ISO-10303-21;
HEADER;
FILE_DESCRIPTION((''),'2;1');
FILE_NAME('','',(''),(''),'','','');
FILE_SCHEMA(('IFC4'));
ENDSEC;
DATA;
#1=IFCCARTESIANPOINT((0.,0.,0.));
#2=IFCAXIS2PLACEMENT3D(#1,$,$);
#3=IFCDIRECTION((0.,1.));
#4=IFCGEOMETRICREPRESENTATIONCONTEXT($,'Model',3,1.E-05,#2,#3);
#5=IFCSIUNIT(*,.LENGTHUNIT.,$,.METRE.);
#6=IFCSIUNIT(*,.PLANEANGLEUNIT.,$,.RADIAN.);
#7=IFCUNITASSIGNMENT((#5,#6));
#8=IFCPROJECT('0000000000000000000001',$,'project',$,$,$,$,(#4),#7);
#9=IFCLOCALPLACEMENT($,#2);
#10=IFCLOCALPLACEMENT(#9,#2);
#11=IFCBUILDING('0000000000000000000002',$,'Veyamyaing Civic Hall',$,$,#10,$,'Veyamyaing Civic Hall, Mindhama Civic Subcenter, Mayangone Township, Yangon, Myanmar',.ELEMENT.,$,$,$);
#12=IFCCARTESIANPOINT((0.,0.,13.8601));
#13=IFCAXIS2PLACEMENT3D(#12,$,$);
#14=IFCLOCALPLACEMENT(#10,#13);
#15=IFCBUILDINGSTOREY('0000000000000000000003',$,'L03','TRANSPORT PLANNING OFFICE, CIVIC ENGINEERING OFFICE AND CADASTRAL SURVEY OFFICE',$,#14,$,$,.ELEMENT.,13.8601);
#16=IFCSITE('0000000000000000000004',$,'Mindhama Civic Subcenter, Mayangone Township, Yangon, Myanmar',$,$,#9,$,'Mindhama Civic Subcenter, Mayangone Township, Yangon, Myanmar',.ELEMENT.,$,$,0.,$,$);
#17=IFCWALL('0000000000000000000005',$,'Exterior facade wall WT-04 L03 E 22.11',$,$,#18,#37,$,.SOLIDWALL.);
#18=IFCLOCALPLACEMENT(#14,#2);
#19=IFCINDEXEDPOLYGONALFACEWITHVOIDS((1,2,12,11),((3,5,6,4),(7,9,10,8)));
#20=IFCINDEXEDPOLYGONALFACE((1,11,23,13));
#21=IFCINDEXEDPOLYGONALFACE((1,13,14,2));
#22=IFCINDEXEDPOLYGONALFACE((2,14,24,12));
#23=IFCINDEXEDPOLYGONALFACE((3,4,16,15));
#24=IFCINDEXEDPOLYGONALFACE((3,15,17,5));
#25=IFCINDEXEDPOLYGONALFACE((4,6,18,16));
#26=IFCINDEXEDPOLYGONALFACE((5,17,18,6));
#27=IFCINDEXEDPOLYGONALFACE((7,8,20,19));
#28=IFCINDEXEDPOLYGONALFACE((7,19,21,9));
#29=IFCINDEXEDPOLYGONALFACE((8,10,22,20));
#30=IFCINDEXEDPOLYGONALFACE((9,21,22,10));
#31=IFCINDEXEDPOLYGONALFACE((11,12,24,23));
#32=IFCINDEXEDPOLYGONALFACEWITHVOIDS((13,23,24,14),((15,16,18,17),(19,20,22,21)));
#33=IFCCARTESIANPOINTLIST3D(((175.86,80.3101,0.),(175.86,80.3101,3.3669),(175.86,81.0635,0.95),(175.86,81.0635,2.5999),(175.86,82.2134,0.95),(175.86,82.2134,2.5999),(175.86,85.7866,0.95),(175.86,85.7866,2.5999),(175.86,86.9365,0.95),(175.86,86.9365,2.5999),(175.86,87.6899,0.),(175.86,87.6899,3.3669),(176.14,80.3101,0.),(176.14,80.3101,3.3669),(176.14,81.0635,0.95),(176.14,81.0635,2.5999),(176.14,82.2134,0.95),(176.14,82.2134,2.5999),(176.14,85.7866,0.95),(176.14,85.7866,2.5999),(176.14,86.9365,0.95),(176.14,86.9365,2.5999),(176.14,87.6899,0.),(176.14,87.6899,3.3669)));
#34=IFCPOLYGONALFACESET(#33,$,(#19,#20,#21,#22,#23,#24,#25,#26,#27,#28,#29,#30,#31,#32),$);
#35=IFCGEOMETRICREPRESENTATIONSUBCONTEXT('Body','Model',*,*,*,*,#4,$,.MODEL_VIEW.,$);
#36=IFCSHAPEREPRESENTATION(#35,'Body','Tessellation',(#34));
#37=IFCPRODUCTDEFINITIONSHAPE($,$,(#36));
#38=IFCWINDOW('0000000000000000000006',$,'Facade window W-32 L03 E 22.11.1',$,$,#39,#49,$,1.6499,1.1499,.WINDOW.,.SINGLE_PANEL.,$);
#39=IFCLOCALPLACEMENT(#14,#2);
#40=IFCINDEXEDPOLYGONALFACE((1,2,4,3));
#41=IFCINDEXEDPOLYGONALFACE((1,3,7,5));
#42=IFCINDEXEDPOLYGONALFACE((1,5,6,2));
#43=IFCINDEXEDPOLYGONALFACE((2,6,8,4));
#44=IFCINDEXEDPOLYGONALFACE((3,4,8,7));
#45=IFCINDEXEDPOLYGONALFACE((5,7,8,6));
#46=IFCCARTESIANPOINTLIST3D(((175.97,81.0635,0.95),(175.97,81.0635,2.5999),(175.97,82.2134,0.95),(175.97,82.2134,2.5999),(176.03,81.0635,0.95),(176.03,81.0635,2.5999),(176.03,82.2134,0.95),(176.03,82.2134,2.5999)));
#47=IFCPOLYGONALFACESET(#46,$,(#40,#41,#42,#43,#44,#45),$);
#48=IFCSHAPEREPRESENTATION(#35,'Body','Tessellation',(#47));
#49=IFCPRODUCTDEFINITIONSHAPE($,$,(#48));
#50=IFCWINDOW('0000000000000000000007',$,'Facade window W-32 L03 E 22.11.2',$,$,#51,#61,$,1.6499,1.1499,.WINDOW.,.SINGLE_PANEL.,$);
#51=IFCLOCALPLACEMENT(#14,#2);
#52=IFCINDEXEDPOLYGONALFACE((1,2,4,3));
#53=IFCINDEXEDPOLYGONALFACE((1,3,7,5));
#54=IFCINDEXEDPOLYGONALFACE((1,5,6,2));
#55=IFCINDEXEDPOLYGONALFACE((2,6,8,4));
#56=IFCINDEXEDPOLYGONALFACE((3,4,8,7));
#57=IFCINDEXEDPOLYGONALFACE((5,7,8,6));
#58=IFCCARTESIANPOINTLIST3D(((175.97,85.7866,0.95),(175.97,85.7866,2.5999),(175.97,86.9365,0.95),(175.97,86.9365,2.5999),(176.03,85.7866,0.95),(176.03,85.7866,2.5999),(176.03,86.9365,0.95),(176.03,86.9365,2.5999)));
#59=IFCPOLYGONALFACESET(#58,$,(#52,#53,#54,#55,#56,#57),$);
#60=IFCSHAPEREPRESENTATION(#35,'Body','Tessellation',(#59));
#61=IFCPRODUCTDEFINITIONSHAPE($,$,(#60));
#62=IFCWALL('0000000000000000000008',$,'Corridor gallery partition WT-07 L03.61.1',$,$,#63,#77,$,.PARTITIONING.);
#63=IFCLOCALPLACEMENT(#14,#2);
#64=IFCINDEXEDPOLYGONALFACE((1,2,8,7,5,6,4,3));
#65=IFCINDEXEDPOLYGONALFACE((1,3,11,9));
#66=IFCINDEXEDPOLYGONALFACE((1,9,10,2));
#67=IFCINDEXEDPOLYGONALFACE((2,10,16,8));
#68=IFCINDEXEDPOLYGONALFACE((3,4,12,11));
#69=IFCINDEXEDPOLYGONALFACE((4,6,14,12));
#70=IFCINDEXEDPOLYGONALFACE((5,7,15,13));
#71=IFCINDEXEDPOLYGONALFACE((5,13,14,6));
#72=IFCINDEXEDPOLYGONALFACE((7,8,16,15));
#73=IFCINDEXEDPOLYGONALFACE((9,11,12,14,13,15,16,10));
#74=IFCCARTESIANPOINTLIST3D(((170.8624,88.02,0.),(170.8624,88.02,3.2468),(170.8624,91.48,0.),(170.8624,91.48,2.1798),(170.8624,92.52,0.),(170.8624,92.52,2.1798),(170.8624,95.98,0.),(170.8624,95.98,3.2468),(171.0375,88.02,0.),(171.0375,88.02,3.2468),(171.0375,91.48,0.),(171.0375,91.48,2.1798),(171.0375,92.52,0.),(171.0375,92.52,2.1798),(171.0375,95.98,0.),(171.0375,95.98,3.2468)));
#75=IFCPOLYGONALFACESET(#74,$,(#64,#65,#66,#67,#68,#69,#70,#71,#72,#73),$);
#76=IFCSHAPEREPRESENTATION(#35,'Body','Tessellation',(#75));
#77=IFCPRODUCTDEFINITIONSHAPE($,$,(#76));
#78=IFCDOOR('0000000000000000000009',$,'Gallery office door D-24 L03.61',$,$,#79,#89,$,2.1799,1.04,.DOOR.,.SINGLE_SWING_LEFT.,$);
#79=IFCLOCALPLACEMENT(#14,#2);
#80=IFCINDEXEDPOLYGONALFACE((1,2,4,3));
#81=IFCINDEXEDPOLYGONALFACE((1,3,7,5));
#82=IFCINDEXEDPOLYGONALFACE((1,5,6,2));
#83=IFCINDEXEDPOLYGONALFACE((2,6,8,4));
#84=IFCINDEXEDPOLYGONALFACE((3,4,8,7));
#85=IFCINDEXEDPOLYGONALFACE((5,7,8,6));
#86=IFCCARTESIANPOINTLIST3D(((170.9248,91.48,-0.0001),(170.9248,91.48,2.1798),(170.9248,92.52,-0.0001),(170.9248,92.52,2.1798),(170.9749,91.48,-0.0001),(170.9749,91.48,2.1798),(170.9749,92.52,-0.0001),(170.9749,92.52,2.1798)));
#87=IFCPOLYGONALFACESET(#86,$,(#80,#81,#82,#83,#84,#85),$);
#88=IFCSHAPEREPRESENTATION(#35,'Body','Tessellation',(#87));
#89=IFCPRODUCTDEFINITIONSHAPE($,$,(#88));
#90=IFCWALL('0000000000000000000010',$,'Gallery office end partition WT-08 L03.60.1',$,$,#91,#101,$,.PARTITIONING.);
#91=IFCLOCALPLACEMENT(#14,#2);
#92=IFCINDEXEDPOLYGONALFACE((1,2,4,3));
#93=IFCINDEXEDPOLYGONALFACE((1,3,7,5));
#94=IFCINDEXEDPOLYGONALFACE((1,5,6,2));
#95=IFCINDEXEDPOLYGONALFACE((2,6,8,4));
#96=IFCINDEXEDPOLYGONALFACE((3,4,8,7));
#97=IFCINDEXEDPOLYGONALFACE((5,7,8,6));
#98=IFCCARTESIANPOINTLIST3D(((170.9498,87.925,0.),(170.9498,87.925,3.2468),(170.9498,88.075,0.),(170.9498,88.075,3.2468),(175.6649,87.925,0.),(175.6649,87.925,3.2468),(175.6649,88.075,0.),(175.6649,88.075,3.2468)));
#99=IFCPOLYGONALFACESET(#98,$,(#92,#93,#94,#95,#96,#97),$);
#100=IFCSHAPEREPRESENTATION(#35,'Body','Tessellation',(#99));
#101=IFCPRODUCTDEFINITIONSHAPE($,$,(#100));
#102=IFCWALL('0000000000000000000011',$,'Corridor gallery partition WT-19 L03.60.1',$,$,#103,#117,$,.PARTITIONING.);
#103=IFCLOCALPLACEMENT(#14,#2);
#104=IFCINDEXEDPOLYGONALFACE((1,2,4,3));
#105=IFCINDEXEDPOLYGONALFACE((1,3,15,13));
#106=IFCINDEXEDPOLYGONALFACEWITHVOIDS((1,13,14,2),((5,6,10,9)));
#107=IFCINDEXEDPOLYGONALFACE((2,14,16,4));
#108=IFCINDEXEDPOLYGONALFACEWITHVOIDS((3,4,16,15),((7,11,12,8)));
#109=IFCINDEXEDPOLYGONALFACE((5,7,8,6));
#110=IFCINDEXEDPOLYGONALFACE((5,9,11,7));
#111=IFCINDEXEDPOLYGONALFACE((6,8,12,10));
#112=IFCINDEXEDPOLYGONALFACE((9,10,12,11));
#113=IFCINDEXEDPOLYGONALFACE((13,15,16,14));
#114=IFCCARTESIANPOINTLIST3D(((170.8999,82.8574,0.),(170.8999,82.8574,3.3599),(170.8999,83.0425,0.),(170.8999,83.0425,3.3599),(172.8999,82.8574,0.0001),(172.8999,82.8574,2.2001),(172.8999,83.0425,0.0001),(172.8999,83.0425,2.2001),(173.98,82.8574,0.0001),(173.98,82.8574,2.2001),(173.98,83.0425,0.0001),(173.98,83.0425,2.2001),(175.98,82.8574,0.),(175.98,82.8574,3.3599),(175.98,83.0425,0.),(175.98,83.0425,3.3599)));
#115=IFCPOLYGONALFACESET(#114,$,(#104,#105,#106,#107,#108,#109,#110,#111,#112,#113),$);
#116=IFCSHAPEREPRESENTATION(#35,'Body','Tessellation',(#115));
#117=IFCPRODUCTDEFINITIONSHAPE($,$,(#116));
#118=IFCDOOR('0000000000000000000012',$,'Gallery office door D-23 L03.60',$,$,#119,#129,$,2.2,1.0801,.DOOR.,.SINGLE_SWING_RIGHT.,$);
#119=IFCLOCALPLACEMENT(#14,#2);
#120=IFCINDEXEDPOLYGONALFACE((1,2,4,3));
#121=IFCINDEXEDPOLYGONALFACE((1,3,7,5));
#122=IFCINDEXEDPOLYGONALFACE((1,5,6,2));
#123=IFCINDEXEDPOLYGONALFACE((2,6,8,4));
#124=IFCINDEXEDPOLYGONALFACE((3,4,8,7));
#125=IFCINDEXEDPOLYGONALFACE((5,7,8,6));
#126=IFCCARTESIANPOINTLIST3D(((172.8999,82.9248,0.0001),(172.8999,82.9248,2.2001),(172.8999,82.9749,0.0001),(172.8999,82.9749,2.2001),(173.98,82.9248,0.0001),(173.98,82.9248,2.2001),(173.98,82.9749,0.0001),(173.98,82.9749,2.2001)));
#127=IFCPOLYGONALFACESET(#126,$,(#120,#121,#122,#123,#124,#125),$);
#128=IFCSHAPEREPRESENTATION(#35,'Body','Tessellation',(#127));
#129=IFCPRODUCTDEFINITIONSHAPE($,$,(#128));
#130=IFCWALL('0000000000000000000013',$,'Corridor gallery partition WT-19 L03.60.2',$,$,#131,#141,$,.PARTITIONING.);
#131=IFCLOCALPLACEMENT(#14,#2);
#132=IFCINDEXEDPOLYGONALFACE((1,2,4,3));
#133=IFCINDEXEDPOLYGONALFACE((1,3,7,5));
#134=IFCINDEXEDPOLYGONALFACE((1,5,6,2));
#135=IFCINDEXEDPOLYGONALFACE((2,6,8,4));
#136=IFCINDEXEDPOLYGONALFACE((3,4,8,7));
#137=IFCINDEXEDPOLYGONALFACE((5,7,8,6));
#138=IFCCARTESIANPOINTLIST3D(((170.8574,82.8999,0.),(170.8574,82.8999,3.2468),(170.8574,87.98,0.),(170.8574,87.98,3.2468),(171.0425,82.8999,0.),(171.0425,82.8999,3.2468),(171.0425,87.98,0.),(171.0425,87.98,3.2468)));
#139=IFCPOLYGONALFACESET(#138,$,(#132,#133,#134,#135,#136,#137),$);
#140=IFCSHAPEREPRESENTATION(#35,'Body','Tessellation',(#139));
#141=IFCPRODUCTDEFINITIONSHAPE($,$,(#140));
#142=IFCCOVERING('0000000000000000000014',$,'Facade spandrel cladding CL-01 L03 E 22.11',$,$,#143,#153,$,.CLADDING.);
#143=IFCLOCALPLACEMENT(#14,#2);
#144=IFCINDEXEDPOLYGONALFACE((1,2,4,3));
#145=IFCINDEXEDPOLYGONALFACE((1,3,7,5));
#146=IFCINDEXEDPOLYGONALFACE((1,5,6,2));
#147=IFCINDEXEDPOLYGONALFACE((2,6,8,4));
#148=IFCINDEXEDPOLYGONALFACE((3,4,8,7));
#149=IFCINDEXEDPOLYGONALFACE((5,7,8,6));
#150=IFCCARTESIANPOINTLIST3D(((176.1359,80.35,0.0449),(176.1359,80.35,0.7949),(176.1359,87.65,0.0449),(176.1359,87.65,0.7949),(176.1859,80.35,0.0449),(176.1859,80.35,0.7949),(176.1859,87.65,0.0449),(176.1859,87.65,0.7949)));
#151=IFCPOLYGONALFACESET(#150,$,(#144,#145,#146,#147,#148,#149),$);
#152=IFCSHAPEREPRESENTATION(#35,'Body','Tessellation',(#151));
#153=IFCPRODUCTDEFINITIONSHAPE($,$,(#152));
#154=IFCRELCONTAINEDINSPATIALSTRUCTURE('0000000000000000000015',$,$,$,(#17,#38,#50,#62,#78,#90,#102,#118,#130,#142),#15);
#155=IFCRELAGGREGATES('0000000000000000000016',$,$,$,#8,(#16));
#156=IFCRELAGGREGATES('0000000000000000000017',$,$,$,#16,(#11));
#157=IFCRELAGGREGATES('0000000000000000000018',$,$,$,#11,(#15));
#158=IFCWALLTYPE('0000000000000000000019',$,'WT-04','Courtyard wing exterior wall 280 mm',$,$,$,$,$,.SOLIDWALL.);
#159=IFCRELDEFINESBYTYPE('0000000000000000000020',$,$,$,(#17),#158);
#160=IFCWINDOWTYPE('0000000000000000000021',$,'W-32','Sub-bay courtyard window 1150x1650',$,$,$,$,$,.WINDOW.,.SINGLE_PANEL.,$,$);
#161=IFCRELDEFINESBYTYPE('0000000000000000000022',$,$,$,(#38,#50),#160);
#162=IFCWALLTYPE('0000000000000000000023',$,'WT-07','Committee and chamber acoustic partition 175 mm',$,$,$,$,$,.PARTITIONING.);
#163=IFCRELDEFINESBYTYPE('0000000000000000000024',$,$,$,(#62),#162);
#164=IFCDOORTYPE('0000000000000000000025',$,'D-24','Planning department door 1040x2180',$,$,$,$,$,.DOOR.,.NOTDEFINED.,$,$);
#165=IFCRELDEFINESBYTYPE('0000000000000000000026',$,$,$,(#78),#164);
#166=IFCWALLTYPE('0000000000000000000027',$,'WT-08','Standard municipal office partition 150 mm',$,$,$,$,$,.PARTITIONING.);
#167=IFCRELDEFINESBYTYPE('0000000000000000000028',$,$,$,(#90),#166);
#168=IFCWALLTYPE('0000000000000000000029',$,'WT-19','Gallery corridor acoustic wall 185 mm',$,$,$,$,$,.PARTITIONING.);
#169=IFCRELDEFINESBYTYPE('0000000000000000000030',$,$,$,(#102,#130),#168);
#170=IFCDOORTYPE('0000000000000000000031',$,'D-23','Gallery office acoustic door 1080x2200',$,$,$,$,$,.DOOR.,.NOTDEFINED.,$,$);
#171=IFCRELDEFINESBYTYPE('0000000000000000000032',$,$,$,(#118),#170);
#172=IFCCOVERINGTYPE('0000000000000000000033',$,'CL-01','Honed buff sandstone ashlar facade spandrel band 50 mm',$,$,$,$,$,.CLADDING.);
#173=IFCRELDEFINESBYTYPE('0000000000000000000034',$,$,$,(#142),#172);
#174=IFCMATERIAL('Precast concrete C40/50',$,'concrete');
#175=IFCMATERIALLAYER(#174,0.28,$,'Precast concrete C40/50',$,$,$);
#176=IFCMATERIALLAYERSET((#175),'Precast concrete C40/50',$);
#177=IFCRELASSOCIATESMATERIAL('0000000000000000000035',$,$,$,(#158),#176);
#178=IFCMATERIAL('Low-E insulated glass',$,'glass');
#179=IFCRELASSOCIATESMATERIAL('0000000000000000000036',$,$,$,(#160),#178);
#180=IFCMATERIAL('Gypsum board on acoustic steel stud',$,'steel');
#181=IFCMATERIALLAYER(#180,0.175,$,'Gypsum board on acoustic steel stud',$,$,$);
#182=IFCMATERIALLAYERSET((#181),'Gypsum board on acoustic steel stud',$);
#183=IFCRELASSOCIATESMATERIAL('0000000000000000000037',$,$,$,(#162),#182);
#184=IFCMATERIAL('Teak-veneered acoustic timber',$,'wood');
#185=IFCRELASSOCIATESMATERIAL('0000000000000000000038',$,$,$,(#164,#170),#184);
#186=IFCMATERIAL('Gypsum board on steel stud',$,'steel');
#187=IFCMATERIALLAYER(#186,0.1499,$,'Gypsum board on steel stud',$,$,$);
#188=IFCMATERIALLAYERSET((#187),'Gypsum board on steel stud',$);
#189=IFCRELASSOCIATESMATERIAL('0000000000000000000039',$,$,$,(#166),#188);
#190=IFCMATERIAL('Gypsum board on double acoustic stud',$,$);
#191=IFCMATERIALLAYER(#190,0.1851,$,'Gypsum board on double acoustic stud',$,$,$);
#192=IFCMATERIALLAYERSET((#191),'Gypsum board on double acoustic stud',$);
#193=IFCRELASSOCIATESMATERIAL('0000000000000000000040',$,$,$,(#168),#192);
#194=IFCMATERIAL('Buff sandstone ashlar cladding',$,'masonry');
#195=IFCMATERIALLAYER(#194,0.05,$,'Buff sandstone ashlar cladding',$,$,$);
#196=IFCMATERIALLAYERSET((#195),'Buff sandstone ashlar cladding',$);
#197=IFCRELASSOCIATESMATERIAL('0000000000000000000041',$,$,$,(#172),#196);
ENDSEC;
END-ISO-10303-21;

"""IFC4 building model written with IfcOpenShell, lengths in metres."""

from ifc_helpers import new_model, si_unit, direction, frame, frame_2d, origin, origin_2d, place, context, subcontext, project, spatial, rectangle, extrude, material, layer, layer_set, type_object, element, fill, save


model = new_model("IFC4")

# Units and contexts
model_context = context("Model", 3, precision=1e-05, world=origin(), true_north=direction((0.0, 1.0)))
body_context = subcontext(model_context, "Body", "Model", "MODEL_VIEW")
ifc_project = project(units=[si_unit("LENGTHUNIT", "METRE"), si_unit("PLANEANGLEUNIT", "RADIAN")], contexts=[model_context])

# Site, building, storey
site_placement = place(None, origin())
site = spatial("IfcSite", under=ifc_project, at=site_placement, Name="Mindhama Civic Subcenter, Mayangone Township, Yangon, Myanmar", LongName="Mindhama Civic Subcenter, Mayangone Township, Yangon, Myanmar", CompositionType="ELEMENT", RefElevation=0.0)
building_placement = place(site_placement, origin())
building = spatial("IfcBuilding", under=site, at=building_placement, Name="Veyamyaing Civic Hall", LongName="Veyamyaing Civic Hall, Mindhama Civic Subcenter, Mayangone Township, Yangon, Myanmar", CompositionType="ELEMENT")
storey_placement = place(building_placement, frame((0.0, 0.0, 13.8601)))
storey = spatial("IfcBuildingStorey", under=building, at=storey_placement, Name="L03", Description="TRANSPORT PLANNING OFFICE, CIVIC ENGINEERING OFFICE AND CADASTRAL SURVEY OFFICE", CompositionType="ELEMENT", Elevation=13.8601)

# Wall, openings, windows
ifc_material_1 = material(Name="Precast concrete C40/50", Category="concrete")
ifc_layer_1 = layer(ifc_material_1, 0.28, Name="Precast concrete C40/50")
ifc_layer_set_1 = layer_set([ifc_layer_1], Name="Precast concrete C40/50")
wall_type_1 = type_object("IfcWallType", Name="WT-04", Description="Courtyard wing exterior wall 280 mm", PredefinedType="SOLIDWALL", material=ifc_layer_set_1)
wall_1_placement = place(storey_placement, frame((176.0, 80.3101, 0.0), z_axis=(0.0, 0.0, 1.0), x_axis=(0.0, 1.0, 0.0)))
wall_1 = element("IfcWall", 1, at=wall_1_placement, inside=storey, type_object=wall_type_1, Name="Exterior facade wall WT-04 L03 E 22.11", PredefinedType="SOLIDWALL", context=body_context, shape_type="SweptSolid", body=[
    extrude(rectangle(XDim=7.3799, YDim=0.28, at=frame_2d((3.6899, 0.0))), origin(), (0.0, 0.0, 1.0), 3.3669),
])
opening_1_placement = place(wall_1_placement, frame((0.7534, 0.0, 0.95)))
opening_1 = element("IfcOpeningElement", 2, at=opening_1_placement, cuts=wall_1, PredefinedType="OPENING", context=body_context, shape_type="SweptSolid", body=[
    extrude(rectangle(XDim=1.1499, YDim=1.6499, at=frame_2d((0.575, 0.825))), frame((0.0, 0.1499, 0.0), z_axis=(0.0, -1.0, 0.0), x_axis=(1.0, 0.0, 0.0)), (0.0, 0.0, 1.0), 0.3),
])
opening_2_placement = place(wall_1_placement, frame((5.4766, 0.0, 0.95)))
opening_2 = element("IfcOpeningElement", 3, at=opening_2_placement, cuts=wall_1, PredefinedType="OPENING", context=body_context, shape_type="SweptSolid", body=[
    extrude(rectangle(XDim=1.1499, YDim=1.6499, at=frame_2d((0.575, 0.825))), frame((0.0, 0.1499, 0.0), z_axis=(0.0, -1.0, 0.0), x_axis=(1.0, 0.0, 0.0)), (0.0, 0.0, 1.0), 0.3),
])
ifc_material_2 = material(Name="Low-E insulated glass", Category="glass")
window_type = type_object("IfcWindowType", Name="W-32", Description="Sub-bay courtyard window 1150x1650", PartitioningType="SINGLE_PANEL", PredefinedType="WINDOW", material=ifc_material_2)
window_1_placement = place(opening_1_placement, origin())
window_1 = element("IfcWindow", 4, at=window_1_placement, inside=storey, type_object=window_type, Name="Facade window W-32 L03 E 22.11.1", OverallHeight=1.6499, OverallWidth=1.1499, PartitioningType="SINGLE_PANEL", PredefinedType="WINDOW", context=body_context, shape_type="SweptSolid", body=[
    extrude(rectangle(XDim=1.1499, YDim=1.6499, at=frame_2d((0.575, 0.825))), frame((0.0, 0.03, 0.0), z_axis=(0.0, -1.0, 0.0), x_axis=(1.0, 0.0, 0.0)), (0.0, 0.0, 1.0), 0.0601),
])
fill(opening_1, window_1)
window_2_placement = place(opening_2_placement, origin())
window_2 = element("IfcWindow", 5, at=window_2_placement, inside=storey, type_object=window_type, Name="Facade window W-32 L03 E 22.11.2", OverallHeight=1.6499, OverallWidth=1.1499, PartitioningType="SINGLE_PANEL", PredefinedType="WINDOW", context=body_context, shape_type="SweptSolid", body=[
    extrude(rectangle(XDim=1.1499, YDim=1.6499, at=frame_2d((0.575, 0.825))), frame((0.0, 0.03, 0.0), z_axis=(0.0, -1.0, 0.0), x_axis=(1.0, 0.0, 0.0)), (0.0, 0.0, 1.0), 0.0601),
])
fill(opening_2, window_2)

# Wall, opening, door
ifc_material_3 = material(Name="Gypsum board on acoustic steel stud", Category="steel")
ifc_layer_2 = layer(ifc_material_3, 0.175, Name="Gypsum board on acoustic steel stud")
ifc_layer_set_2 = layer_set([ifc_layer_2], Name="Gypsum board on acoustic steel stud")
wall_type_2 = type_object("IfcWallType", Name="WT-07", Description="Committee and chamber acoustic partition 175 mm", PredefinedType="PARTITIONING", material=ifc_layer_set_2)
wall_2_placement = place(storey_placement, frame((170.95, 88.02, 0.0), z_axis=(0.0, 0.0, 1.0), x_axis=(0.0, 1.0, 0.0)))
wall_2 = element("IfcWall", 6, at=wall_2_placement, inside=storey, type_object=wall_type_2, Name="Corridor gallery partition WT-07 L03.61.1", PredefinedType="PARTITIONING", context=body_context, shape_type="SweptSolid", body=[
    extrude(rectangle(XDim=7.96, YDim=0.175, at=frame_2d((3.98, 0.0))), origin(), (0.0, 0.0, 1.0), 3.2468),
])
opening_3_placement = place(wall_2_placement, frame((3.46, 0.0, 0.0)))
opening_3 = element("IfcOpeningElement", 7, at=opening_3_placement, cuts=wall_2, PredefinedType="OPENING", context=body_context, shape_type="SweptSolid", body=[
    extrude(rectangle(XDim=1.04, YDim=2.1799, at=frame_2d((0.52, 1.0898))), frame((0.0, 0.0974, 0.0), z_axis=(0.0, -1.0, 0.0), x_axis=(1.0, 0.0, 0.0)), (0.0, 0.0, 1.0), 0.1951),
])
ifc_material_4 = material(Name="Teak-veneered acoustic timber", Category="wood")
door_type_1 = type_object("IfcDoorType", Name="D-24", Description="Planning department door 1040x2180", OperationType="NOTDEFINED", PredefinedType="DOOR", material=ifc_material_4)
door_1_placement = place(opening_3_placement, frame((1.04, 0.0, 0.0), z_axis=(0.0, 0.0, 1.0), x_axis=(-1.0, 0.0, 0.0)))
door_1 = element("IfcDoor", 8, at=door_1_placement, inside=storey, type_object=door_type_1, Name="Gallery office door D-24 L03.61", OperationType="SINGLE_SWING_LEFT", OverallHeight=2.1799, OverallWidth=1.04, PredefinedType="DOOR", context=body_context, shape_type="SweptSolid", body=[
    extrude(rectangle(XDim=1.04, YDim=2.1799, at=frame_2d((0.52, 1.0898))), frame((0.0, 0.0249, 0.0), z_axis=(0.0, -1.0, 0.0), x_axis=(1.0, 0.0, 0.0)), (0.0, 0.0, 1.0), 0.05),
])
fill(opening_3, door_1)

# Wall
ifc_material_5 = material(Name="Gypsum board on steel stud", Category="steel")
ifc_layer_3 = layer(ifc_material_5, 0.1499, Name="Gypsum board on steel stud")
ifc_layer_set_3 = layer_set([ifc_layer_3], Name="Gypsum board on steel stud")
wall_type_3 = type_object("IfcWallType", Name="WT-08", Description="Standard municipal office partition 150 mm", PredefinedType="PARTITIONING", material=ifc_layer_set_3)
wall_3_placement = place(storey_placement, frame((170.95, 88.0, 0.0), z_axis=(0.0, 0.0, 1.0), x_axis=(1.0, 0.0, 0.0)))
element("IfcWall", 9, at=wall_3_placement, inside=storey, type_object=wall_type_3, Name="Gallery office end partition WT-08 L03.60.1", PredefinedType="PARTITIONING", context=body_context, shape_type="SweptSolid", body=[
    extrude(rectangle(XDim=4.7151, YDim=0.1499, at=frame_2d((2.3574, 0.0))), origin(), (0.0, 0.0, 1.0), 3.2468),
])

# Wall, opening, door
ifc_material_6 = material(Name="Gypsum board on double acoustic stud")
ifc_layer_4 = layer(ifc_material_6, 0.1851, Name="Gypsum board on double acoustic stud")
ifc_layer_set_4 = layer_set([ifc_layer_4], Name="Gypsum board on double acoustic stud")
wall_type_4 = type_object("IfcWallType", Name="WT-19", Description="Gallery corridor acoustic wall 185 mm", PredefinedType="PARTITIONING", material=ifc_layer_set_4)
wall_4_placement = place(storey_placement, frame((170.8999, 82.95, 0.0), z_axis=(0.0, 0.0, 1.0), x_axis=(1.0, 0.0, 0.0)))
wall_4 = element("IfcWall", 10, at=wall_4_placement, inside=storey, type_object=wall_type_4, Name="Corridor gallery partition WT-19 L03.60.1", PredefinedType="PARTITIONING", context=body_context, shape_type="SweptSolid", body=[
    extrude(rectangle(XDim=5.0801, YDim=0.1851, at=frame_2d((2.54, 0.0))), origin(), (0.0, 0.0, 1.0), 3.3599),
])
opening_4_placement = place(wall_4_placement, frame((2.0, 0.0, 0.0)))
opening_4 = element("IfcOpeningElement", 11, at=opening_4_placement, cuts=wall_4, PredefinedType="OPENING", context=body_context, shape_type="SweptSolid", body=[
    extrude(rectangle(XDim=1.0801, YDim=2.2, at=frame_2d((0.54, 1.1001))), frame((0.0, 0.1025, 0.0), z_axis=(0.0, -1.0, 0.0), x_axis=(1.0, 0.0, 0.0)), (0.0, 0.0, 1.0), 0.2051),
])
door_type_2 = type_object("IfcDoorType", Name="D-23", Description="Gallery office acoustic door 1080x2200", OperationType="NOTDEFINED", PredefinedType="DOOR", material=ifc_material_4)
door_2_placement = place(opening_4_placement, origin())
door_2 = element("IfcDoor", 12, at=door_2_placement, inside=storey, type_object=door_type_2, Name="Gallery office door D-23 L03.60", OperationType="SINGLE_SWING_RIGHT", OverallHeight=2.2, OverallWidth=1.0801, PredefinedType="DOOR", context=body_context, shape_type="SweptSolid", body=[
    extrude(rectangle(XDim=1.0801, YDim=2.2, at=frame_2d((0.54, 1.1001))), frame((0.0, 0.0249, 0.0), z_axis=(0.0, -1.0, 0.0), x_axis=(1.0, 0.0, 0.0)), (0.0, 0.0, 1.0), 0.05),
])
fill(opening_4, door_2)

# Wall
wall_5_placement = place(storey_placement, frame((170.95, 82.8999, 0.0), z_axis=(0.0, 0.0, 1.0), x_axis=(0.0, 1.0, 0.0)))
element("IfcWall", 13, at=wall_5_placement, inside=storey, type_object=wall_type_4, Name="Corridor gallery partition WT-19 L03.60.2", PredefinedType="PARTITIONING", context=body_context, shape_type="SweptSolid", body=[
    extrude(rectangle(XDim=5.0801, YDim=0.1851, at=frame_2d((2.54, 0.0))), origin(), (0.0, 0.0, 1.0), 3.2468),
])

# Covering
ifc_material_7 = material(Name="Buff sandstone ashlar cladding", Category="masonry")
ifc_layer_5 = layer(ifc_material_7, 0.05, Name="Buff sandstone ashlar cladding")
ifc_layer_set_5 = layer_set([ifc_layer_5], Name="Buff sandstone ashlar cladding")
covering_type_1 = type_object("IfcCoveringType", Name="CL-01", Description="Honed buff sandstone ashlar facade spandrel band 50 mm", PredefinedType="CLADDING", material=ifc_layer_set_5)
covering_placement = place(storey_placement, frame((176.1609, 84.0, 0.0449), z_axis=(0.0, 0.0, 1.0), x_axis=(0.0, 1.0, 0.0)))
element("IfcCovering", 14, at=covering_placement, inside=storey, type_object=covering_type_1, Name="Facade spandrel cladding CL-01 L03 E 22.11", PredefinedType="CLADDING", context=body_context, shape_type="SweptSolid", body=[
    extrude(rectangle(XDim=7.3, YDim=0.05, at=origin_2d()), origin(), (0.0, 0.0, 1.0), 0.75),
])

save(model, "model.ifc")
